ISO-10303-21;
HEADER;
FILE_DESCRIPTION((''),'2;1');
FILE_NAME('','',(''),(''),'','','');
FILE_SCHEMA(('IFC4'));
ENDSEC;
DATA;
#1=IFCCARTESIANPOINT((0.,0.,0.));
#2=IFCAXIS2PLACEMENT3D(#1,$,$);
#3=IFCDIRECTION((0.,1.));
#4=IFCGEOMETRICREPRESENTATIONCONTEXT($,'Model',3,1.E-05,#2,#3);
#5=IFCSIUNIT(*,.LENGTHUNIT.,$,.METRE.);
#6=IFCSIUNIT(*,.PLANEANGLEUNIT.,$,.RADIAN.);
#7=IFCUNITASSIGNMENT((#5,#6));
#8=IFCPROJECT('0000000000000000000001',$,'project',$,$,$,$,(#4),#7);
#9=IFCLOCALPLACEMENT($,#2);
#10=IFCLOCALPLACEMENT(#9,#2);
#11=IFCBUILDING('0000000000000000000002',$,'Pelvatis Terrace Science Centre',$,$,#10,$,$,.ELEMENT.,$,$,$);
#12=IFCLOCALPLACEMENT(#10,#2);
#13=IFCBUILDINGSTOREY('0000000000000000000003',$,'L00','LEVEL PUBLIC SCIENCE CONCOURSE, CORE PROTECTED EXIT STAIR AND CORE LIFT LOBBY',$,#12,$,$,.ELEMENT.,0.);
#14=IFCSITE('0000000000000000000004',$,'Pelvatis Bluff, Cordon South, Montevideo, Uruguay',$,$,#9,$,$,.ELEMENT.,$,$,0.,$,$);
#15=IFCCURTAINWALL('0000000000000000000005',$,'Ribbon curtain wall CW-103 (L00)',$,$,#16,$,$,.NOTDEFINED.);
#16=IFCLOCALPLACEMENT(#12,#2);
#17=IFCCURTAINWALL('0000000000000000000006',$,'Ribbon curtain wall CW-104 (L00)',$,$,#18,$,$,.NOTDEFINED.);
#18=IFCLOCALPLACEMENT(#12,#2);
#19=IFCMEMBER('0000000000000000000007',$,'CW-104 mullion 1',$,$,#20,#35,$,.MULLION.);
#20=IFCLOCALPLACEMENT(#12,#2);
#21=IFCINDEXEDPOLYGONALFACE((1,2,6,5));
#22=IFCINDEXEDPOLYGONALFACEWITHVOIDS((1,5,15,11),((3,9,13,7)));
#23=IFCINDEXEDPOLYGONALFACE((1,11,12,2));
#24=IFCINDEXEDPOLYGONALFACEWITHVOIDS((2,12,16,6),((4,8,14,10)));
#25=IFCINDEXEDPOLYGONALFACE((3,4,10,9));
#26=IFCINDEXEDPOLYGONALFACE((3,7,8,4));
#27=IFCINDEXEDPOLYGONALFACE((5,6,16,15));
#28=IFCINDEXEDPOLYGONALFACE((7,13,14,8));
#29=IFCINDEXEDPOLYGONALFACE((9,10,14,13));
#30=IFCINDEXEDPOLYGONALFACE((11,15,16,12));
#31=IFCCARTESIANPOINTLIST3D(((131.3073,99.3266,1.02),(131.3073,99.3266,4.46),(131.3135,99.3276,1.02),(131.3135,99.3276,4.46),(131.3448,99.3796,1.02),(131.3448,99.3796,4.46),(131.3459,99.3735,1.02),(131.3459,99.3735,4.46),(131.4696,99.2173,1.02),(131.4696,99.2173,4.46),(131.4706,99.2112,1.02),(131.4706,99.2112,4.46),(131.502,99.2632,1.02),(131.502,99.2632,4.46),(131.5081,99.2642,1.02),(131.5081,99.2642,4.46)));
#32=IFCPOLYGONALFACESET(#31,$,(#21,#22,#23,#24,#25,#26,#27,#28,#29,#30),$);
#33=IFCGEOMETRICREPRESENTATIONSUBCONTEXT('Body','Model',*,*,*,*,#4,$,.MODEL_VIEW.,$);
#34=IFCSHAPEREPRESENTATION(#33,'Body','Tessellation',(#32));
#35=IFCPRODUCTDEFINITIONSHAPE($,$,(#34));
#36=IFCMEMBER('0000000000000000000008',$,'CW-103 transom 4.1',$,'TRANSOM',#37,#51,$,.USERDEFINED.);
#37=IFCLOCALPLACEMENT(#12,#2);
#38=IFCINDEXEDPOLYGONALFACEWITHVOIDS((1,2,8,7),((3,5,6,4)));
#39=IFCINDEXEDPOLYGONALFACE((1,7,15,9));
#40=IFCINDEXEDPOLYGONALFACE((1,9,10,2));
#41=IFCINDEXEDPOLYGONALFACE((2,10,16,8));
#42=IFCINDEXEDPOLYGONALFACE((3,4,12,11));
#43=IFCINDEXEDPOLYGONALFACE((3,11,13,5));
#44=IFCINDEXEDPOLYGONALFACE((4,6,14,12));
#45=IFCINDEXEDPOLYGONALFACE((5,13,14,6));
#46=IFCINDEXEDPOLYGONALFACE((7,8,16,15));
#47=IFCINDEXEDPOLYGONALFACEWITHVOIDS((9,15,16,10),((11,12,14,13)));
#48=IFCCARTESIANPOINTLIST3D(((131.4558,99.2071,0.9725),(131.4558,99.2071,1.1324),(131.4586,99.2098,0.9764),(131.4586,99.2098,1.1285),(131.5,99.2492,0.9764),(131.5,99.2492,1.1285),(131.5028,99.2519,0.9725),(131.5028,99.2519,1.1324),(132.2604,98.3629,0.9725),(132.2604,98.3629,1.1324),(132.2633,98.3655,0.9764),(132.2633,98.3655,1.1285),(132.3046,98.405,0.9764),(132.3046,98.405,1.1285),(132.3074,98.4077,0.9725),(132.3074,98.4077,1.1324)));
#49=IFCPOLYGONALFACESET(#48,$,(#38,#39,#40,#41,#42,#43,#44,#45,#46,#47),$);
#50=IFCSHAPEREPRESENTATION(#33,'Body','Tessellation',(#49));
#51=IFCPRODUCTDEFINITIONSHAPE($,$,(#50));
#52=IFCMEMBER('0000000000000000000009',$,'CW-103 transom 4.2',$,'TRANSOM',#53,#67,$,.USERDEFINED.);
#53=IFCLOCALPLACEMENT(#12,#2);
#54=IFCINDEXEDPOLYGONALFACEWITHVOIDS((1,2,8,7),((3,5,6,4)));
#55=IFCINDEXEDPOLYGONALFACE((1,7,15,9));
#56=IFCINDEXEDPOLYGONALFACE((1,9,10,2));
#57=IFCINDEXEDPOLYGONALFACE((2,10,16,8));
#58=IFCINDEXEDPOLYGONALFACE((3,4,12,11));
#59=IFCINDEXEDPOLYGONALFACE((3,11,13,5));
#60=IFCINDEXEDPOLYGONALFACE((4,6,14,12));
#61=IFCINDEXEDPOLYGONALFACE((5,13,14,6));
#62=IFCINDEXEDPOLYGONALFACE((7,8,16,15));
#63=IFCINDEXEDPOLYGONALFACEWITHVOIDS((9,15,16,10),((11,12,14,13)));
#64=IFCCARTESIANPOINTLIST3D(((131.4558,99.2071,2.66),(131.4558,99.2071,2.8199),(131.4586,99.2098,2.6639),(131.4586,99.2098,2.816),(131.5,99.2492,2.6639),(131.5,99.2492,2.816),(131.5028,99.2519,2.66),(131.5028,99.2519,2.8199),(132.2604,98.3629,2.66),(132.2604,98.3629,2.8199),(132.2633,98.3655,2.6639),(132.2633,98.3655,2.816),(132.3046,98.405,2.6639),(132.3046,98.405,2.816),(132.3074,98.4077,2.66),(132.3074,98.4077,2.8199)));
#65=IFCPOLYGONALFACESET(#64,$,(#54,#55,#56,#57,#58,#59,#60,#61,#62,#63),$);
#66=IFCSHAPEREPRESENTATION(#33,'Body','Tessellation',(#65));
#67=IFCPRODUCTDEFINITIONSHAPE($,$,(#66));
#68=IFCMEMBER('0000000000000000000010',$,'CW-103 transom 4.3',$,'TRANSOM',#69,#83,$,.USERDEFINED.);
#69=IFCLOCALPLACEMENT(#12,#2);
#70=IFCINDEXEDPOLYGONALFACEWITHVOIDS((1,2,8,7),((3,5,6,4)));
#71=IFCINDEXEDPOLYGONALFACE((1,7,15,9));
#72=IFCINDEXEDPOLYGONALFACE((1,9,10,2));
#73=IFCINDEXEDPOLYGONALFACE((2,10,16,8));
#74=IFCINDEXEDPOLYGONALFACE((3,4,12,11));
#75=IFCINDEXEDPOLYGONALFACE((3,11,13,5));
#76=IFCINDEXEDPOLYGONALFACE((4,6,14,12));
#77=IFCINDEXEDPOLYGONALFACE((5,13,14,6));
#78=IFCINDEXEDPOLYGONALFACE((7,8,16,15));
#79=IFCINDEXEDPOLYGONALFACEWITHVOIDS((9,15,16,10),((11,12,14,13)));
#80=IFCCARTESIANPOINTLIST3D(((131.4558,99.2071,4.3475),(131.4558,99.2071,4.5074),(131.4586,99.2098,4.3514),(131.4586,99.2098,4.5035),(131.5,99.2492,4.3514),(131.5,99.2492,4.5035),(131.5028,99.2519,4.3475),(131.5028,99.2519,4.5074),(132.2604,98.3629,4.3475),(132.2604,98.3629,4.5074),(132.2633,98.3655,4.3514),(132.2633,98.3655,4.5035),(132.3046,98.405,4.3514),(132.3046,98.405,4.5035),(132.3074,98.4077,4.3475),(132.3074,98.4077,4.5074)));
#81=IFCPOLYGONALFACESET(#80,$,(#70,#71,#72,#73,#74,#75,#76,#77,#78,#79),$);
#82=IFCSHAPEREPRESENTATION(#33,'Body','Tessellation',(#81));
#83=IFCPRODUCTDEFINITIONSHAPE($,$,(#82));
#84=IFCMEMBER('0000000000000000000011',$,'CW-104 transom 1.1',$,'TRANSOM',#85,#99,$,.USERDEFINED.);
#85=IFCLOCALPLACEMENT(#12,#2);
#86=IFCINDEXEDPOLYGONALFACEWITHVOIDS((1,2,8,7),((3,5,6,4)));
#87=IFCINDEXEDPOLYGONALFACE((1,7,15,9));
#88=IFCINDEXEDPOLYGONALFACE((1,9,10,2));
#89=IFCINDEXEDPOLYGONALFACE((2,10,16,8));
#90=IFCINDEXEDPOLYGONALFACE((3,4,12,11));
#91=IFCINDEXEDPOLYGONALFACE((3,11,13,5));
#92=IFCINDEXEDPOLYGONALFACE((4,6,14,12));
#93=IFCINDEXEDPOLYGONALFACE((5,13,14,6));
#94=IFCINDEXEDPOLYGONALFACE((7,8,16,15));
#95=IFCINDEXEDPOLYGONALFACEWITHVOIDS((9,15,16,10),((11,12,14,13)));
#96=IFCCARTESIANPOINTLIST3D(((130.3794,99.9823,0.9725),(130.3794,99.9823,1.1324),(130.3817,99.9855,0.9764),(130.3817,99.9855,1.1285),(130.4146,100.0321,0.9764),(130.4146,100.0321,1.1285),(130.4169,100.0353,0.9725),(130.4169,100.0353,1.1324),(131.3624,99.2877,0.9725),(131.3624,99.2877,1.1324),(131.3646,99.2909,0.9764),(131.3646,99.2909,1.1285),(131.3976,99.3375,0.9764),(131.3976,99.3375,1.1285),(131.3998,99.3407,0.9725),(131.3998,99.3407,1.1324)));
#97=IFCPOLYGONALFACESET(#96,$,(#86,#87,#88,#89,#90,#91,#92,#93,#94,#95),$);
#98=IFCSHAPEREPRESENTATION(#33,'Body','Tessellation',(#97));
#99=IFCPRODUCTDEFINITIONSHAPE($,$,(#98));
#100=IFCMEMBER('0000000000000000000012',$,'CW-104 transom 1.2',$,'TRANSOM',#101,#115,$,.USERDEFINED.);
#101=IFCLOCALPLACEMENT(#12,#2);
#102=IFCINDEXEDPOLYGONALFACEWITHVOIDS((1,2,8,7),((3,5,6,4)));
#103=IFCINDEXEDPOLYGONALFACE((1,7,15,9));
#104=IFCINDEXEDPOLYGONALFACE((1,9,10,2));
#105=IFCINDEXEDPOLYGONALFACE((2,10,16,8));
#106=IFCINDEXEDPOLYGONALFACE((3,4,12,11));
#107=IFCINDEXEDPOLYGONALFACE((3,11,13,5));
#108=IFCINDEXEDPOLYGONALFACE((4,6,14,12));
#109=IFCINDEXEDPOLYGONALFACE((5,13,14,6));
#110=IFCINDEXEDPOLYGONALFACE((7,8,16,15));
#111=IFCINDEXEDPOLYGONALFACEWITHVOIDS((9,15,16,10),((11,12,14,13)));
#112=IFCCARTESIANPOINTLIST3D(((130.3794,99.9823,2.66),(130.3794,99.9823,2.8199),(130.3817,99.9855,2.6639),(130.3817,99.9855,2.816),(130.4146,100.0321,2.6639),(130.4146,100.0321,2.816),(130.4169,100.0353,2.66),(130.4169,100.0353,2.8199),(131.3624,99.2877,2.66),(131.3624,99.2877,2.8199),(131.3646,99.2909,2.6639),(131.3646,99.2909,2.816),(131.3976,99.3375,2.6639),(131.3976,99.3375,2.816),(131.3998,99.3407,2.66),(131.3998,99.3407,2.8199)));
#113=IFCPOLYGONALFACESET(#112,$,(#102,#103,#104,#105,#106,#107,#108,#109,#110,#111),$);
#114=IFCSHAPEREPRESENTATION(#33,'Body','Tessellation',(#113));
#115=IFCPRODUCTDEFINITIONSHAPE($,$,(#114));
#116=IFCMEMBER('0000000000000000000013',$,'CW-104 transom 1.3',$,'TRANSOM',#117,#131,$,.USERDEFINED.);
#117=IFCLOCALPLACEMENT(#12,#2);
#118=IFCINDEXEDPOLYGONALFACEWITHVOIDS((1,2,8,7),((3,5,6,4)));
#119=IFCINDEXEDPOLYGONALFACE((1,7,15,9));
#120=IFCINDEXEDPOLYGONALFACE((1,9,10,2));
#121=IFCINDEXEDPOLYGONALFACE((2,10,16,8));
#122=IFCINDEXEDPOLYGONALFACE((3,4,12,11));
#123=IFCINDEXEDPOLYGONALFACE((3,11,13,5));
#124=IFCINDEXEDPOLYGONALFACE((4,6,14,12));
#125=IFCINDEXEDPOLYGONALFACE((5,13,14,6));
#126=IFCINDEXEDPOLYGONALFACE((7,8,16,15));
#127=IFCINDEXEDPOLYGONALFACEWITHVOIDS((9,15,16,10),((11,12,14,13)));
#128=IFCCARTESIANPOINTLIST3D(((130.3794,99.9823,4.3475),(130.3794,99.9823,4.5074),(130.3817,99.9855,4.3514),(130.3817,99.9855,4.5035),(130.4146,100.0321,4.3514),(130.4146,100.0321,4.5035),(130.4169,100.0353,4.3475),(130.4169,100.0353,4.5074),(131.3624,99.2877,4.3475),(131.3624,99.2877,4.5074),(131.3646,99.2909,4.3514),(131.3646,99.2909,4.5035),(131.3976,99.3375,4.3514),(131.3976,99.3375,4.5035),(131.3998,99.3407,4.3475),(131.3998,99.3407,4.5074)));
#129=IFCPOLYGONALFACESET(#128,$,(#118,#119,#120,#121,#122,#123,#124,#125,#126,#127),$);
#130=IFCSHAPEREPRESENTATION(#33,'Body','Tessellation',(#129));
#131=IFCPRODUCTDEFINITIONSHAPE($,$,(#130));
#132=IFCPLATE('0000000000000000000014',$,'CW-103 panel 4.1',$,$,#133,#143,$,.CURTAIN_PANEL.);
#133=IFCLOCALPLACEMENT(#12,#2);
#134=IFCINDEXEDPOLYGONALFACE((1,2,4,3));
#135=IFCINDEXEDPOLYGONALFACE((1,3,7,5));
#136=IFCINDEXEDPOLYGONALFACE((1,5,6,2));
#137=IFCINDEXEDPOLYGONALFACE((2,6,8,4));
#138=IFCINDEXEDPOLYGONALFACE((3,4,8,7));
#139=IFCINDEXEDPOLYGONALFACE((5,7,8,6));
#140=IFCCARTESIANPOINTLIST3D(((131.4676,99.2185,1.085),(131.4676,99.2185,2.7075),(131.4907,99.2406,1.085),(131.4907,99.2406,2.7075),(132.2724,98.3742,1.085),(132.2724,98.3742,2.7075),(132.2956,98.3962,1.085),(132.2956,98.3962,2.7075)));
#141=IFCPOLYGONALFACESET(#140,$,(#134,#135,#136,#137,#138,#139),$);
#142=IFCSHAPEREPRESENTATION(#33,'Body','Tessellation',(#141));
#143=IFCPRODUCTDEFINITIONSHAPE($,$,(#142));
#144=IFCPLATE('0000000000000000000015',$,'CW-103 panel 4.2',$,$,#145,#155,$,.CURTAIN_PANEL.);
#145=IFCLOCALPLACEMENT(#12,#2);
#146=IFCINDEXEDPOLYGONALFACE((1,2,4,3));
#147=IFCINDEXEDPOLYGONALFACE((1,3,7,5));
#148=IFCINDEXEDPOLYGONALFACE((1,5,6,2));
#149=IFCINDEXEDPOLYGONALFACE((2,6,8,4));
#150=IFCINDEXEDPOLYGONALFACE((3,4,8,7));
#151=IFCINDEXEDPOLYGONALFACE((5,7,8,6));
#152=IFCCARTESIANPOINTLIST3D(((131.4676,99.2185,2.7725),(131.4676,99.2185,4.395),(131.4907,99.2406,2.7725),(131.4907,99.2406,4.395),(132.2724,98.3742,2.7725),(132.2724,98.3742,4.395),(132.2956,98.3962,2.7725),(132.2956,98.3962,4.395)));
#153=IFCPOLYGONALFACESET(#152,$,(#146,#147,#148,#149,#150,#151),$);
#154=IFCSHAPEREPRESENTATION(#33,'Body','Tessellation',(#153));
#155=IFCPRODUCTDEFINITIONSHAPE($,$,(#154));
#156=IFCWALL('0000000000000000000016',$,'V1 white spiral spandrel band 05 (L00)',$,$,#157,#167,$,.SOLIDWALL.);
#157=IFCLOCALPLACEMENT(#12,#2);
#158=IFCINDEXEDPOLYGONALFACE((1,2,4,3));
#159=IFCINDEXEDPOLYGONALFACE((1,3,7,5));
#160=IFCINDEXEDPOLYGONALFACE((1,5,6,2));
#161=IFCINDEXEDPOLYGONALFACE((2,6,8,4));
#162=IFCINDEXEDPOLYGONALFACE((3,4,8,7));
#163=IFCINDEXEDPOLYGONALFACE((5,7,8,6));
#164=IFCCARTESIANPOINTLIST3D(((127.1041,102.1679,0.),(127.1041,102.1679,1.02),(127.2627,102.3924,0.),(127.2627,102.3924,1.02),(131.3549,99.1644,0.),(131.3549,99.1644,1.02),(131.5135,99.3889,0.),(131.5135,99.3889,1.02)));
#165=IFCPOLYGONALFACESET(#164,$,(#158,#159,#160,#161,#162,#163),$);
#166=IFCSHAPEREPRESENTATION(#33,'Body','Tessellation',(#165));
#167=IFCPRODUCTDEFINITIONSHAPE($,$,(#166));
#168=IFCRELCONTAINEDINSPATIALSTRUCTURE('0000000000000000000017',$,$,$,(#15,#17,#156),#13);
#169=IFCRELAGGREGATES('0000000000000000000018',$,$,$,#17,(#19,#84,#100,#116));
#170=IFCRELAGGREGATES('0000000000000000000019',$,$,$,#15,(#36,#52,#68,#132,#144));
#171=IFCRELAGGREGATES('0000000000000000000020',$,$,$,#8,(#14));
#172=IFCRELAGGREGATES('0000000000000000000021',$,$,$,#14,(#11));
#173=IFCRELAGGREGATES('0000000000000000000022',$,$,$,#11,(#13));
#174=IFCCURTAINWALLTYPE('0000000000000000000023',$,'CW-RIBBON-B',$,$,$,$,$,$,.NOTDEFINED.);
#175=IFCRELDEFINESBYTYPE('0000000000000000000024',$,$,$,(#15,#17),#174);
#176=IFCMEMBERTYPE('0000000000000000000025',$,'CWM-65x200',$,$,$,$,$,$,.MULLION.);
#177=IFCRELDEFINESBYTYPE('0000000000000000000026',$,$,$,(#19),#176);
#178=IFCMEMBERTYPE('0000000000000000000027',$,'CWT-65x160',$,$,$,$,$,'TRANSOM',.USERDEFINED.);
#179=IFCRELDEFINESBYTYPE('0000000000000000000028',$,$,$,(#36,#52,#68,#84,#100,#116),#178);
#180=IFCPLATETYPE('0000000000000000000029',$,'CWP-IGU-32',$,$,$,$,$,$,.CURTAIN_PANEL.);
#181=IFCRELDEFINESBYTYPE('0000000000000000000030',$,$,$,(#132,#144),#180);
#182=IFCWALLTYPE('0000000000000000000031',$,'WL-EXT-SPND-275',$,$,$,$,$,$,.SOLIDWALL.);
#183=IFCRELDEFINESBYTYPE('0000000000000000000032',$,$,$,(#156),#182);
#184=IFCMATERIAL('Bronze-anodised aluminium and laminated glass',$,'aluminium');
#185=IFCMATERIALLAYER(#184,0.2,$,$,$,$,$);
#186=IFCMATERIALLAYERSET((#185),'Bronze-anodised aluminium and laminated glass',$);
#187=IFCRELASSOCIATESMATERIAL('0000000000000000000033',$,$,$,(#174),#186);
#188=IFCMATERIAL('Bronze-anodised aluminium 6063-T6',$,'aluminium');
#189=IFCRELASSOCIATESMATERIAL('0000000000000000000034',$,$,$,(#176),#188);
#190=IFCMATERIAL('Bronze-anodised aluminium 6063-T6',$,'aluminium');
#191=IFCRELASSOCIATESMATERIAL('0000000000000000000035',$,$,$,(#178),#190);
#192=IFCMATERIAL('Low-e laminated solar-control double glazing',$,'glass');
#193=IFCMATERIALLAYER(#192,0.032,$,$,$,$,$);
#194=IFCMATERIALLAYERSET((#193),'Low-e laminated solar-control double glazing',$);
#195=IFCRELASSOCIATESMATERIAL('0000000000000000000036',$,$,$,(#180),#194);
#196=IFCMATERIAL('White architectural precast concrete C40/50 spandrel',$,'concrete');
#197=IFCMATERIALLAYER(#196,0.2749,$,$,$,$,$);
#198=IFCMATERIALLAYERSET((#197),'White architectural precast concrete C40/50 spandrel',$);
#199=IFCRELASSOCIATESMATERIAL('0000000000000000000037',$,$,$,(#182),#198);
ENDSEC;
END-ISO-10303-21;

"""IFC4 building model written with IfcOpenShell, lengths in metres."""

from ifc_helpers import new_model, si_unit, direction, frame, frame_2d, origin, origin_2d, place, context, subcontext, project, spatial, rectangle, hollow_rectangle, extrude, material, layer, layer_set, material_profile, profile_set, type_object, element, aggregate, save


model = new_model("IFC4")

# Units and contexts
model_context = context("Model", 3, precision=1e-05, world=origin(), true_north=direction((0.0, 1.0)))
body_context = subcontext(model_context, "Body", "Model", "MODEL_VIEW")
ifc_project = project(units=[si_unit("LENGTHUNIT", "METRE"), si_unit("PLANEANGLEUNIT", "RADIAN")], contexts=[model_context])

# Site, building, storey
site_placement = place(None, origin())
site = spatial("IfcSite", under=ifc_project, at=site_placement, Name="Pelvatis Bluff, Cordon South, Montevideo, Uruguay", CompositionType="ELEMENT", RefElevation=0.0)
building_placement = place(site_placement, origin())
building = spatial("IfcBuilding", under=site, at=building_placement, Name="Pelvatis Terrace Science Centre", CompositionType="ELEMENT")
storey_placement = place(building_placement, origin())
storey = spatial("IfcBuildingStorey", under=building, at=storey_placement, Name="L00", Description="LEVEL PUBLIC SCIENCE CONCOURSE, CORE PROTECTED EXIT STAIR AND CORE LIFT LOBBY", CompositionType="ELEMENT", Elevation=0.0)

# Curtain wall
ifc_material_1 = material(Name="Bronze-anodised aluminium and laminated glass", Category="aluminium")
ifc_layer_1 = layer(ifc_material_1, 0.2)
ifc_layer_set_1 = layer_set([ifc_layer_1], Name="Bronze-anodised aluminium and laminated glass")
curtain_wall_type = type_object("IfcCurtainWallType", Name="CW-RIBBON-B", PredefinedType="NOTDEFINED", material=ifc_layer_set_1)
curtain_wall_1_placement = place(storey_placement, origin())
curtain_wall_1 = element("IfcCurtainWall", 1, at=curtain_wall_1_placement, inside=storey, type_object=curtain_wall_type, Name="Ribbon curtain wall CW-103 (L00)", PredefinedType="NOTDEFINED")
ifc_material_2 = material(Name="Bronze-anodised aluminium 6063-T6", Category="aluminium")
ifc_material_profile_1 = material_profile(ifc_material_2, hollow_rectangle(XDim=0.0649, YDim=0.2, WallThickness=0.0044, at=origin_2d()), Name="ALU-MUL 65x200")
ifc_profile_set_1 = profile_set([ifc_material_profile_1], Name="Bronze-anodised aluminium 6063-T6")
member_type_1 = type_object("IfcMemberType", Name="CWM-65x200", PredefinedType="MULLION", material=ifc_profile_set_1)

# Curtain wall, member
curtain_wall_2_placement = place(storey_placement, origin())
curtain_wall_2 = element("IfcCurtainWall", 2, at=curtain_wall_2_placement, inside=storey, type_object=curtain_wall_type, Name="Ribbon curtain wall CW-104 (L00)", PredefinedType="NOTDEFINED")
member_1_placement = place(storey_placement, frame((131.4077, 99.2954, 1.02), z_axis=(0.0, 0.0, 1.0), x_axis=(-0.577065, -0.816698, 0.0)))
member_1 = element("IfcMember", 3, at=member_1_placement, type_object=member_type_1, Name="CW-104 mullion 1", PredefinedType="MULLION", context=body_context, shape_type="SweptSolid", body=[
    extrude(hollow_rectangle(XDim=0.0649, YDim=0.2, WallThickness=0.0044, at=origin_2d()), origin(), (0.0, 0.0, 1.0), 3.4399),
])

# Members
ifc_material_3 = material(Name="Bronze-anodised aluminium 6063-T6", Category="aluminium")
ifc_material_profile_2 = material_profile(ifc_material_3, hollow_rectangle(XDim=0.0649, YDim=0.1599, WallThickness=0.0039, at=origin_2d()), Name="ALU-TRN 65x160")
ifc_profile_set_2 = profile_set([ifc_material_profile_2], Name="Bronze-anodised aluminium 6063-T6")
member_type_2 = type_object("IfcMemberType", Name="CWT-65x160", ElementType="TRANSOM", PredefinedType="USERDEFINED", material=ifc_profile_set_2)
member_2_placement = place(storey_placement, frame((132.2839, 98.3853, 1.0525), z_axis=(-0.689948, 0.723859, 0.0), x_axis=(-0.723859, -0.689948, 0.0)))
member_2 = element("IfcMember", 4, at=member_2_placement, type_object=member_type_2, Name="CW-103 transom 4.1", ObjectType="TRANSOM", PredefinedType="USERDEFINED", context=body_context, shape_type="SweptSolid", body=[
    extrude(hollow_rectangle(XDim=0.0649, YDim=0.1599, WallThickness=0.0039, at=origin_2d()), origin(), (0.0, 0.0, 1.0), 1.1663),
])
member_3_placement = place(storey_placement, frame((132.2839, 98.3853, 2.74), z_axis=(-0.689948, 0.723859, 0.0), x_axis=(-0.723859, -0.689948, 0.0)))
member_3 = element("IfcMember", 5, at=member_3_placement, type_object=member_type_2, Name="CW-103 transom 4.2", ObjectType="TRANSOM", PredefinedType="USERDEFINED", context=body_context, shape_type="SweptSolid", body=[
    extrude(hollow_rectangle(XDim=0.0649, YDim=0.1599, WallThickness=0.0039, at=origin_2d()), origin(), (0.0, 0.0, 1.0), 1.1663),
])
member_4_placement = place(storey_placement, frame((132.2839, 98.3853, 4.4275), z_axis=(-0.689948, 0.723859, 0.0), x_axis=(-0.723859, -0.689948, 0.0)))
member_4 = element("IfcMember", 6, at=member_4_placement, type_object=member_type_2, Name="CW-103 transom 4.3", ObjectType="TRANSOM", PredefinedType="USERDEFINED", context=body_context, shape_type="SweptSolid", body=[
    extrude(hollow_rectangle(XDim=0.0649, YDim=0.1599, WallThickness=0.0039, at=origin_2d()), origin(), (0.0, 0.0, 1.0), 1.1663),
])
member_5_placement = place(storey_placement, frame((131.3811, 99.3142, 1.0525), z_axis=(-0.81667, 0.577105, 0.0), x_axis=(-0.577105, -0.81667, 0.0)))
member_5 = element("IfcMember", 7, at=member_5_placement, type_object=member_type_2, Name="CW-104 transom 1.1", ObjectType="TRANSOM", PredefinedType="USERDEFINED", context=body_context, shape_type="SweptSolid", body=[
    extrude(hollow_rectangle(XDim=0.0649, YDim=0.1599, WallThickness=0.0039, at=origin_2d()), origin(), (0.0, 0.0, 1.0), 1.2036),
])
member_6_placement = place(storey_placement, frame((131.3811, 99.3142, 2.74), z_axis=(-0.81667, 0.577105, 0.0), x_axis=(-0.577105, -0.81667, 0.0)))
member_6 = element("IfcMember", 8, at=member_6_placement, type_object=member_type_2, Name="CW-104 transom 1.2", ObjectType="TRANSOM", PredefinedType="USERDEFINED", context=body_context, shape_type="SweptSolid", body=[
    extrude(hollow_rectangle(XDim=0.0649, YDim=0.1599, WallThickness=0.0039, at=origin_2d()), origin(), (0.0, 0.0, 1.0), 1.2036),
])
member_7_placement = place(storey_placement, frame((131.3811, 99.3142, 4.4275), z_axis=(-0.81667, 0.577105, 0.0), x_axis=(-0.577105, -0.81667, 0.0)))
member_7 = element("IfcMember", 9, at=member_7_placement, type_object=member_type_2, Name="CW-104 transom 1.3", ObjectType="TRANSOM", PredefinedType="USERDEFINED", context=body_context, shape_type="SweptSolid", body=[
    extrude(hollow_rectangle(XDim=0.0649, YDim=0.1599, WallThickness=0.0039, at=origin_2d()), origin(), (0.0, 0.0, 1.0), 1.2036),
])
aggregate(curtain_wall_2, [member_1, member_5, member_6, member_7])

# Plates
ifc_material_4 = material(Name="Low-e laminated solar-control double glazing", Category="glass")
ifc_layer_2 = layer(ifc_material_4, 0.032)
ifc_layer_set_2 = layer_set([ifc_layer_2], Name="Low-e laminated solar-control double glazing")
plate_type = type_object("IfcPlateType", Name="CWP-IGU-32", PredefinedType="CURTAIN_PANEL", material=ifc_layer_set_2)
plate_1_placement = place(storey_placement, frame((131.8816, 98.8074, 1.085), z_axis=(0.0, 0.0, 1.0), x_axis=(-0.689973, 0.723835, 0.0)))
plate_1 = element("IfcPlate", 10, at=plate_1_placement, type_object=plate_type, Name="CW-103 panel 4.1", PredefinedType="CURTAIN_PANEL", context=body_context, shape_type="SweptSolid", body=[
    extrude(rectangle(XDim=1.1665, YDim=0.032, at=origin_2d()), origin(), (0.0, 0.0, 1.0), 1.6226),
])
plate_2_placement = place(storey_placement, frame((131.8816, 98.8074, 2.7725), z_axis=(0.0, 0.0, 1.0), x_axis=(-0.689973, 0.723835, 0.0)))
plate_2 = element("IfcPlate", 11, at=plate_2_placement, type_object=plate_type, Name="CW-103 panel 4.2", PredefinedType="CURTAIN_PANEL", context=body_context, shape_type="SweptSolid", body=[
    extrude(rectangle(XDim=1.1665, YDim=0.032, at=origin_2d()), origin(), (0.0, 0.0, 1.0), 1.6226),
])
aggregate(curtain_wall_1, [member_2, member_3, member_4, plate_1, plate_2])

# Wall
ifc_material_5 = material(Name="White architectural precast concrete C40/50 spandrel", Category="concrete")
ifc_layer_3 = layer(ifc_material_5, 0.2749)
ifc_layer_set_3 = layer_set([ifc_layer_3], Name="White architectural precast concrete C40/50 spandrel")
wall_type = type_object("IfcWallType", Name="WL-EXT-SPND-275", PredefinedType="SOLIDWALL", material=ifc_layer_set_3)
wall_placement = place(storey_placement, frame((131.4343, 99.2766, 0.0), z_axis=(0.0, 0.0, 1.0), x_axis=(-0.816705, 0.577055, 0.0)))
element("IfcWall", 12, at=wall_placement, inside=storey, type_object=wall_type, Name="V1 white spiral spandrel band 05 (L00)", PredefinedType="SOLIDWALL", context=body_context, shape_type="SweptSolid", body=[
    extrude(rectangle(XDim=5.2048, YDim=0.2749, at=frame_2d((2.6025, 0.0))), origin(), (0.0, 0.0, 1.0), 1.02),
])

save(model, "model.ifc")
